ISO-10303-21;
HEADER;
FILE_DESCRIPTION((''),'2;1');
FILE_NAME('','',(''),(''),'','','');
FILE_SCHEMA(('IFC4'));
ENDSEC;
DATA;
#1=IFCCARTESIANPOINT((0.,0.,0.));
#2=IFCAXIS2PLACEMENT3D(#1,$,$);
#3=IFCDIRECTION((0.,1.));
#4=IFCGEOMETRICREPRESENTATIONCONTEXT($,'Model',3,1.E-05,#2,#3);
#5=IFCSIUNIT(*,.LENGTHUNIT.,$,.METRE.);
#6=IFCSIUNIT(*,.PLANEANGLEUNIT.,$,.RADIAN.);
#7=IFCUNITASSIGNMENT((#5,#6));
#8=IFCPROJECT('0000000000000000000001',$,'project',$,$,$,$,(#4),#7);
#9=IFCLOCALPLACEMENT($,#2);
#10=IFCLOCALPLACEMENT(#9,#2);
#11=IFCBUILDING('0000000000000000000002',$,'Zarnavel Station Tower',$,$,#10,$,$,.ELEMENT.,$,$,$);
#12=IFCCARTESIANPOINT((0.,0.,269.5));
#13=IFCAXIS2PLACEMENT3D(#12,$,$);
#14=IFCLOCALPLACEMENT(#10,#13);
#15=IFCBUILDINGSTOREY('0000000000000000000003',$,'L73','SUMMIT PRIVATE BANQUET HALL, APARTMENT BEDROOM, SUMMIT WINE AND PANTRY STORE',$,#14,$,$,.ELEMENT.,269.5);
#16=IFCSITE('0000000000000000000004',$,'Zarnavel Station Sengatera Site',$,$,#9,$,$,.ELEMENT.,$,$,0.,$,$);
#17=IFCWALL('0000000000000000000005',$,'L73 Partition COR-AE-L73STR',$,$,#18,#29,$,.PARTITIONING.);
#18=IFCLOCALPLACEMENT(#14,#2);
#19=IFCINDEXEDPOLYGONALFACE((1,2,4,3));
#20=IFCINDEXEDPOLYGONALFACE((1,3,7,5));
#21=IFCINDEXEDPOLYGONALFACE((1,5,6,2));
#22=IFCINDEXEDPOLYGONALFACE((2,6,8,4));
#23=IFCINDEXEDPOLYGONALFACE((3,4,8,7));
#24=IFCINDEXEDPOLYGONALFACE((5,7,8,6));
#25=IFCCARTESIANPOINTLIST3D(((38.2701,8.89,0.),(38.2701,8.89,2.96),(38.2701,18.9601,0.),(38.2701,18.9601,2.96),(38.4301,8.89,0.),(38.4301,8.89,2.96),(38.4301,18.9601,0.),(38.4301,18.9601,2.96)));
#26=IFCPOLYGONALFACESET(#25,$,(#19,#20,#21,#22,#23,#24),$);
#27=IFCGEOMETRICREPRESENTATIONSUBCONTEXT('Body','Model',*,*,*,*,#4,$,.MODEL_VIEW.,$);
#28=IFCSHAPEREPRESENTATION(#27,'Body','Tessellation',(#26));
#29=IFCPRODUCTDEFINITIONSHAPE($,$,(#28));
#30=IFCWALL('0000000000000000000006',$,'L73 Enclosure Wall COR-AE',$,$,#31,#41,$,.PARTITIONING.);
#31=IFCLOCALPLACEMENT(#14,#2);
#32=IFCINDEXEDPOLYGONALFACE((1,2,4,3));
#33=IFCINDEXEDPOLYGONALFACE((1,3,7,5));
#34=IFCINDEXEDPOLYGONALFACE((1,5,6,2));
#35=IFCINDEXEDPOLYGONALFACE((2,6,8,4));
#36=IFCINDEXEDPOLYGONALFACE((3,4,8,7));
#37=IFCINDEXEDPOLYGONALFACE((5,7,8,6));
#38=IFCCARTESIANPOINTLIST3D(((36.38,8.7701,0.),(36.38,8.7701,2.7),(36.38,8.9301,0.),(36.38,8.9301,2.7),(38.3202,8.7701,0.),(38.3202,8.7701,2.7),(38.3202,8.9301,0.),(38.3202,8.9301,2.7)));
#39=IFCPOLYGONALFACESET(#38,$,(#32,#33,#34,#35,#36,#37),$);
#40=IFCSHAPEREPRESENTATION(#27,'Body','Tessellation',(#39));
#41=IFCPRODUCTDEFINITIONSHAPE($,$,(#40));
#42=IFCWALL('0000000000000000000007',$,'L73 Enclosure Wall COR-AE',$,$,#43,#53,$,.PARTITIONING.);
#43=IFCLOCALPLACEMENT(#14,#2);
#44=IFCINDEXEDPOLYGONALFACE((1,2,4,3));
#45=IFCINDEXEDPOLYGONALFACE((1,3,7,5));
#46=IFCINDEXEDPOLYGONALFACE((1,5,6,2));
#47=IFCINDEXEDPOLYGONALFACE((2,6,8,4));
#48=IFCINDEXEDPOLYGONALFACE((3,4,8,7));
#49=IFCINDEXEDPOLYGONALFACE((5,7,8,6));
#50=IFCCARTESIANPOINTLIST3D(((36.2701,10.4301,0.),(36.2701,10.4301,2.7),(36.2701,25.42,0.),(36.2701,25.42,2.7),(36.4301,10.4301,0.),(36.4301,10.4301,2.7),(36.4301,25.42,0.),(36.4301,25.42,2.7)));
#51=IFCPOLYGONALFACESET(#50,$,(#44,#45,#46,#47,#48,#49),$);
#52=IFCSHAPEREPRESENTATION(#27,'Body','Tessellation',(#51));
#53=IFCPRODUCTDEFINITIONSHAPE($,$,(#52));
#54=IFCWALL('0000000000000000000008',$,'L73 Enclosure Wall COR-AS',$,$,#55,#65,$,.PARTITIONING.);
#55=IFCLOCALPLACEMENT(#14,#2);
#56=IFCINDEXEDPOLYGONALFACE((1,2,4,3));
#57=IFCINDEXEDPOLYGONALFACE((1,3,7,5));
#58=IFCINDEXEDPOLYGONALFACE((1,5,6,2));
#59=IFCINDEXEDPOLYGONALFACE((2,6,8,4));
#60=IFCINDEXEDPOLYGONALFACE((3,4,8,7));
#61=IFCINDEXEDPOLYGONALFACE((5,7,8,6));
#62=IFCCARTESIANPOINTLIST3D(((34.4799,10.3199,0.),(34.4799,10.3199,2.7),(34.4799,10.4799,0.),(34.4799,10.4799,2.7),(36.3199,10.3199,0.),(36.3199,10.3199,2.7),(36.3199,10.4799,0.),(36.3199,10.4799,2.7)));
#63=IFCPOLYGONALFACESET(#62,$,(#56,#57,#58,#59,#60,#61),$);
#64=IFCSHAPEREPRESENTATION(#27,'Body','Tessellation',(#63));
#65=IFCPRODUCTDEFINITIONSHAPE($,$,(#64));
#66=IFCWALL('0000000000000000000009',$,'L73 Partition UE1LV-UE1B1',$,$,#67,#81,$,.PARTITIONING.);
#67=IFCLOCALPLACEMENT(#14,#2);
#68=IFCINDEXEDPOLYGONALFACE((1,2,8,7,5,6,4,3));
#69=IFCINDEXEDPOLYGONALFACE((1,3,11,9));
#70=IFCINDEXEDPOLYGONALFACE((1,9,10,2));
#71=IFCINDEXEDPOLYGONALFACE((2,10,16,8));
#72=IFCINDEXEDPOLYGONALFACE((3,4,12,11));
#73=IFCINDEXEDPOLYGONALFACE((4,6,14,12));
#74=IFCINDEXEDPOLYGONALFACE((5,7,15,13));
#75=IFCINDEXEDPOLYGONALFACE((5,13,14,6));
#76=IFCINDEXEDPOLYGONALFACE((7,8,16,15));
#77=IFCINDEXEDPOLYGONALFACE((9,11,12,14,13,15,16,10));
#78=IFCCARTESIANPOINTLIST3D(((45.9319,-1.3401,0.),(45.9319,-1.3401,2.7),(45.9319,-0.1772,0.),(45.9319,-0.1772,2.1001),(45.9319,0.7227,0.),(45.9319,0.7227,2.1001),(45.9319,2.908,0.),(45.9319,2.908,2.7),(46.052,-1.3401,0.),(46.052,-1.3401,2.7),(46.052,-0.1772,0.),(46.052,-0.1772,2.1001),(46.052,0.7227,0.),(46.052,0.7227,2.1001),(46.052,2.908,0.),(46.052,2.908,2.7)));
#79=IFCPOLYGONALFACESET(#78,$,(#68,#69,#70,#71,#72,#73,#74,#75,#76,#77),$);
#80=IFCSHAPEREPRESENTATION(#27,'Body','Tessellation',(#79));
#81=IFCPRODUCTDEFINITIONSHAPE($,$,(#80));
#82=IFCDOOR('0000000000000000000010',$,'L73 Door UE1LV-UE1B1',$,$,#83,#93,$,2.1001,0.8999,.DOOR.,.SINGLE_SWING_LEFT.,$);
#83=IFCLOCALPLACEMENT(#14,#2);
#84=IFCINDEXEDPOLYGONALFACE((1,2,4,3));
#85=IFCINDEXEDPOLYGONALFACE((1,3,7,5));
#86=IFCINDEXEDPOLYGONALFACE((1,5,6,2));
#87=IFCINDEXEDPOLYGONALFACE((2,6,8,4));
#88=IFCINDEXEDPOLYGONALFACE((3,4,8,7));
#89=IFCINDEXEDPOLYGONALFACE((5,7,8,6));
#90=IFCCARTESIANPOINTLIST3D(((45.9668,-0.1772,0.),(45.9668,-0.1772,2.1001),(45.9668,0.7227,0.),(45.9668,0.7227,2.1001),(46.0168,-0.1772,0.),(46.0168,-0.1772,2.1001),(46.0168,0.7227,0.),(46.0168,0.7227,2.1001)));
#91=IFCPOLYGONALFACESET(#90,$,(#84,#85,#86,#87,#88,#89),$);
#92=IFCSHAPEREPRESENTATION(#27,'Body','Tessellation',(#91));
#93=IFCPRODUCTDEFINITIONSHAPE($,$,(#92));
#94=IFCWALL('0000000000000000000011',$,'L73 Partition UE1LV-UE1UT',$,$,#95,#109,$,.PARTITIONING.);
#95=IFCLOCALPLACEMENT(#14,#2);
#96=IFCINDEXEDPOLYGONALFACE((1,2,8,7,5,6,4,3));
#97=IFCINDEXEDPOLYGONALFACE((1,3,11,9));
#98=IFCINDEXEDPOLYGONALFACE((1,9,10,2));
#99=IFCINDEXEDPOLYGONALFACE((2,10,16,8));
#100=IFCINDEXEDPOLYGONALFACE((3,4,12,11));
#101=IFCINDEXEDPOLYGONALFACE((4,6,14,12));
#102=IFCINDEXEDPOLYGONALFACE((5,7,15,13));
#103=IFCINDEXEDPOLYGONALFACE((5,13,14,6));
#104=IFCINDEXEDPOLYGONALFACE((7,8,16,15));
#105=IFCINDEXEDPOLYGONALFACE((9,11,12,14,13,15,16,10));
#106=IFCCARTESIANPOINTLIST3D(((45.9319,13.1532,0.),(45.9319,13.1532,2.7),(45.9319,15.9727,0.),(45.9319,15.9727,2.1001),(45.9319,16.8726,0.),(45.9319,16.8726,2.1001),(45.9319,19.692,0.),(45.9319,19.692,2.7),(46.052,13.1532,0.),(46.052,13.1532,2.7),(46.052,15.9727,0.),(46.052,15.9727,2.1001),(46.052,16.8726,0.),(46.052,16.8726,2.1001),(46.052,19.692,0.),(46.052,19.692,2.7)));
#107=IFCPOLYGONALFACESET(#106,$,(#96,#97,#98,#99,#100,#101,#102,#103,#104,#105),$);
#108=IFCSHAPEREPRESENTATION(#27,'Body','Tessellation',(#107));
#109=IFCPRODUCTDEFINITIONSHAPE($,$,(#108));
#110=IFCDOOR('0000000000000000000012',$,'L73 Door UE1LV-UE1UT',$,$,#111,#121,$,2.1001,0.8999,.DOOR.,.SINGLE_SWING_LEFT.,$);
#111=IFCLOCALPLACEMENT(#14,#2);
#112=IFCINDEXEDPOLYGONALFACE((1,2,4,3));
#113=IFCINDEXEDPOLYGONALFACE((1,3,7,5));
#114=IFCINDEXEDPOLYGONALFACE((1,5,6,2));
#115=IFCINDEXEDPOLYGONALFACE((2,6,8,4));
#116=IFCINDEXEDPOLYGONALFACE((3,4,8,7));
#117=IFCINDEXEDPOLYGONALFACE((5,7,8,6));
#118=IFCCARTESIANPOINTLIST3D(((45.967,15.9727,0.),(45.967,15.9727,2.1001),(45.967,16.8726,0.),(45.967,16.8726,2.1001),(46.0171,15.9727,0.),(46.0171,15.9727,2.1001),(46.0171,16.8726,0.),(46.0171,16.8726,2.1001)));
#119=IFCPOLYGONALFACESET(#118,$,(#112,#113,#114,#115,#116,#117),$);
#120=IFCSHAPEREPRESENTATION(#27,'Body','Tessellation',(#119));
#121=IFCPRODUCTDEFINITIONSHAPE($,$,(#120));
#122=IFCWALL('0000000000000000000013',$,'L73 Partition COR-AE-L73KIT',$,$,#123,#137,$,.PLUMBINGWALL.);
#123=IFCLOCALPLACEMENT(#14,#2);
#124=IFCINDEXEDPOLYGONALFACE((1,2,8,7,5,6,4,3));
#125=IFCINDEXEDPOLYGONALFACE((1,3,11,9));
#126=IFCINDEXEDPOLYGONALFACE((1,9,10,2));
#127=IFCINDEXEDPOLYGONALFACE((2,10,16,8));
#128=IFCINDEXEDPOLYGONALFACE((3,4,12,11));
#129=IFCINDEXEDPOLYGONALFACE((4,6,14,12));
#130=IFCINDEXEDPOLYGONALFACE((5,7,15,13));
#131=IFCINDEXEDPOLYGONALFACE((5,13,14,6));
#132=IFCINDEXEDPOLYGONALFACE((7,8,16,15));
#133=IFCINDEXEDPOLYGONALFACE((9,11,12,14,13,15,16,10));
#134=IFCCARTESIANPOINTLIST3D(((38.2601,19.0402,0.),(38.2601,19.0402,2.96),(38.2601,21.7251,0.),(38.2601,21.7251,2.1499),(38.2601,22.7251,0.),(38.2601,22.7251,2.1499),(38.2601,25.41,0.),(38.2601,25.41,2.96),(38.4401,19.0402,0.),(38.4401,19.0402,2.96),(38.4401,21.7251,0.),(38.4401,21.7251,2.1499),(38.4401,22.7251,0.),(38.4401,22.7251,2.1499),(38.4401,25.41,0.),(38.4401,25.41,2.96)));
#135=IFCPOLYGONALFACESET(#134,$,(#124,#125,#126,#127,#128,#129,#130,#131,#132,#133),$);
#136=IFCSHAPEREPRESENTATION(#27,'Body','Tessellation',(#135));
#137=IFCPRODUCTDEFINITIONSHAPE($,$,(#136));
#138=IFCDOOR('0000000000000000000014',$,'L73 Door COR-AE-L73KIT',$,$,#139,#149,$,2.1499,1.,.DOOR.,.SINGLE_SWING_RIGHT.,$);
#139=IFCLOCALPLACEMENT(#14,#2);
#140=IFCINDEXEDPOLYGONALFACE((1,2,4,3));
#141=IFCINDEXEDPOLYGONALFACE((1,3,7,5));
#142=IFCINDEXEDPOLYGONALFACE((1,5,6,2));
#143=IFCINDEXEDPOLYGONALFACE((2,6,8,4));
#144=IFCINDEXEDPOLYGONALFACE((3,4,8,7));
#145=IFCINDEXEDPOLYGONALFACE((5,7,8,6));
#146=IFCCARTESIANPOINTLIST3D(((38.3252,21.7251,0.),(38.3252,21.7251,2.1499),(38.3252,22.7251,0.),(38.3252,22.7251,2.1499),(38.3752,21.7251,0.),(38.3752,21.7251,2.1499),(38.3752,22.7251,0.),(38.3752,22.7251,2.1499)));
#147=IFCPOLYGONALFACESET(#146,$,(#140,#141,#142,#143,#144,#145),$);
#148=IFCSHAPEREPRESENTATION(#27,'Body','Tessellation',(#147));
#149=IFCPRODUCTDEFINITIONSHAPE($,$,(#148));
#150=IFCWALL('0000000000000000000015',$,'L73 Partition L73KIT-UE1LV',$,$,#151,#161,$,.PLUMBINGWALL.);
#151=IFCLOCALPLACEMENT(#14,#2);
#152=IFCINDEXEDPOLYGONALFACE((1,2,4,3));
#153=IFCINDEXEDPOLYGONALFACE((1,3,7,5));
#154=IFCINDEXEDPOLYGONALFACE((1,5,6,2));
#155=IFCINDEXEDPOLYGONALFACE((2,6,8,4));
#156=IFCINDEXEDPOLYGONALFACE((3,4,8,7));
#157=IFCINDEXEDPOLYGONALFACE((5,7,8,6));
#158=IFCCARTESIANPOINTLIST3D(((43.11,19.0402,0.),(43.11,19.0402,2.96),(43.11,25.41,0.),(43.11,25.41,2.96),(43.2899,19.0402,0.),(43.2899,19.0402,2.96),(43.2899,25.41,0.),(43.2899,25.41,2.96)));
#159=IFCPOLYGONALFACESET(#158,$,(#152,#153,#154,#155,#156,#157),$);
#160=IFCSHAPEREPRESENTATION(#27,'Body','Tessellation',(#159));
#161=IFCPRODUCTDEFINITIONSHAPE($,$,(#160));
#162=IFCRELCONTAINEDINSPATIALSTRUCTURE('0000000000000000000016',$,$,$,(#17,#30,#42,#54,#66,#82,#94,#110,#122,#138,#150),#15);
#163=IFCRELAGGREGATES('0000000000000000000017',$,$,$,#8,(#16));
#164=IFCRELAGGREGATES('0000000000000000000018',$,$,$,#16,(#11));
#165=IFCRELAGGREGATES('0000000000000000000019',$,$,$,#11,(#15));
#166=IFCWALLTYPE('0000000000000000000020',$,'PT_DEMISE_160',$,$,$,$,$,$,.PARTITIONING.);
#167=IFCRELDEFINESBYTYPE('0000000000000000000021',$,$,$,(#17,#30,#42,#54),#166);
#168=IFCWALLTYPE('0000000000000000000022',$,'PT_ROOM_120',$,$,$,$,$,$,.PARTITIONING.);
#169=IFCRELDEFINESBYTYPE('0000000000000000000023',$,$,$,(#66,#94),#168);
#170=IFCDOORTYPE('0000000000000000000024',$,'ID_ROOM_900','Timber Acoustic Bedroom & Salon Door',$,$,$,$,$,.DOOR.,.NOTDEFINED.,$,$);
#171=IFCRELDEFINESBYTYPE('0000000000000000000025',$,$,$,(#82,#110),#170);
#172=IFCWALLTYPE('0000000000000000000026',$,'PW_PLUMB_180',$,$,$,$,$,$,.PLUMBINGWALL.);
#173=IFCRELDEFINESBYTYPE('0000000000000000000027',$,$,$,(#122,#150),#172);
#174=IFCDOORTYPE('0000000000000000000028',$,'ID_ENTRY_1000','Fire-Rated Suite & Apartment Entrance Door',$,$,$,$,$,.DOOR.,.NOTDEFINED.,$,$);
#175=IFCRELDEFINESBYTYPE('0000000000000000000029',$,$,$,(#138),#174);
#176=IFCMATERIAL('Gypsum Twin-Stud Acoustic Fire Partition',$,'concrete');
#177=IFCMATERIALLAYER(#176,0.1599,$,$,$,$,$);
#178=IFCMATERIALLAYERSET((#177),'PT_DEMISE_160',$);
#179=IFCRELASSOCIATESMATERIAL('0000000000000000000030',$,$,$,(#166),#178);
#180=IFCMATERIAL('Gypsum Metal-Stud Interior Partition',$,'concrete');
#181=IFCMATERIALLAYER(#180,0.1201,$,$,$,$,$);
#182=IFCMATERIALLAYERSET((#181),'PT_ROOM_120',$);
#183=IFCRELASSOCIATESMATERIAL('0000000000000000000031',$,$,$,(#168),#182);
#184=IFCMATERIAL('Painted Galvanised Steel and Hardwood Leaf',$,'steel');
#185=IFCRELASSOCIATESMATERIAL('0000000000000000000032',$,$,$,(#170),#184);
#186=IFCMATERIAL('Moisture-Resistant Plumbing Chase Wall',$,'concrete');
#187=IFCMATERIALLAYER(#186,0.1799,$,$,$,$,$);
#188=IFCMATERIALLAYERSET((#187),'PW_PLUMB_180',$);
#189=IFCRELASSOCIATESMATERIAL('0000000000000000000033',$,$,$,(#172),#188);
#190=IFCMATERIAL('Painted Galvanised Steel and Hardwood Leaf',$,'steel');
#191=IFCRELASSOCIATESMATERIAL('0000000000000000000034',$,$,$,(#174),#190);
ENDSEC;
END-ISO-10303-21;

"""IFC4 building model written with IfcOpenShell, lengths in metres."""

from ifc_helpers import new_model, si_unit, direction, frame, frame_2d, origin, place, context, subcontext, project, spatial, rectangle, extrude, material, layer, layer_set, type_object, element, fill, save


model = new_model("IFC4")

# Units and contexts
model_context = context("Model", 3, precision=1e-05, world=origin(), true_north=direction((0.0, 1.0)))
body_context = subcontext(model_context, "Body", "Model", "MODEL_VIEW")
ifc_project = project(units=[si_unit("LENGTHUNIT", "METRE"), si_unit("PLANEANGLEUNIT", "RADIAN")], contexts=[model_context])

# Site, building, storey
site_placement = place(None, origin())
site = spatial("IfcSite", under=ifc_project, at=site_placement, Name="Zarnavel Station Sengatera Site", CompositionType="ELEMENT", RefElevation=0.0)
building_placement = place(site_placement, origin())
building = spatial("IfcBuilding", under=site, at=building_placement, Name="Zarnavel Station Tower", CompositionType="ELEMENT")
storey_placement = place(building_placement, frame((0.0, 0.0, 269.5)))
storey = spatial("IfcBuildingStorey", under=building, at=storey_placement, Name="L73", Description="SUMMIT PRIVATE BANQUET HALL, APARTMENT BEDROOM, SUMMIT WINE AND PANTRY STORE", CompositionType="ELEMENT", Elevation=269.5)

# Walls
ifc_material_1 = material(Name="Gypsum Twin-Stud Acoustic Fire Partition", Category="concrete")
ifc_layer_1 = layer(ifc_material_1, 0.1599)
ifc_layer_set_1 = layer_set([ifc_layer_1], Name="PT_DEMISE_160")
wall_type_1 = type_object("IfcWallType", Name="PT_DEMISE_160", PredefinedType="PARTITIONING", material=ifc_layer_set_1)
wall_1_placement = place(storey_placement, frame((38.3501, 8.8899, 0.0), z_axis=(0.0, 0.0, 1.0), x_axis=(0.0, 1.0, 0.0)))
element("IfcWall", 1, at=wall_1_placement, inside=storey, type_object=wall_type_1, Name="L73 Partition COR-AE-L73STR", PredefinedType="PARTITIONING", context=body_context, shape_type="SweptSolid", body=[
    extrude(rectangle(XDim=10.0701, YDim=0.1599, at=frame_2d((5.0352, 0.0))), origin(), (0.0, 0.0, 1.0), 2.96),
])
wall_2_placement = place(storey_placement, frame((36.3799, 8.8501, 0.0), z_axis=(0.0, 0.0, 1.0), x_axis=(1.0, 0.0, 0.0)))
element("IfcWall", 2, at=wall_2_placement, inside=storey, type_object=wall_type_1, Name="L73 Enclosure Wall COR-AE", PredefinedType="PARTITIONING", context=body_context, shape_type="SweptSolid", body=[
    extrude(rectangle(XDim=1.9402, YDim=0.1599, at=frame_2d((0.9702, 0.0))), origin(), (0.0, 0.0, 1.0), 2.7),
])
wall_3_placement = place(storey_placement, frame((36.3501, 10.4299, 0.0), z_axis=(0.0, 0.0, 1.0), x_axis=(0.0, 1.0, 0.0)))
element("IfcWall", 3, at=wall_3_placement, inside=storey, type_object=wall_type_1, Name="L73 Enclosure Wall COR-AE", PredefinedType="PARTITIONING", context=body_context, shape_type="SweptSolid", body=[
    extrude(rectangle(XDim=14.99, YDim=0.1599, at=frame_2d((7.4951, 0.0))), origin(), (0.0, 0.0, 1.0), 2.7),
])
wall_4_placement = place(storey_placement, frame((34.48, 10.3999, 0.0), z_axis=(0.0, 0.0, 1.0), x_axis=(1.0, 0.0, 0.0)))
element("IfcWall", 4, at=wall_4_placement, inside=storey, type_object=wall_type_1, Name="L73 Enclosure Wall COR-AS", PredefinedType="PARTITIONING", context=body_context, shape_type="SweptSolid", body=[
    extrude(rectangle(XDim=1.8401, YDim=0.1599, at=frame_2d((0.9199, 0.0))), origin(), (0.0, 0.0, 1.0), 2.7),
])

# Walls, openings, doors
ifc_material_2 = material(Name="Gypsum Metal-Stud Interior Partition", Category="concrete")
ifc_layer_2 = layer(ifc_material_2, 0.1201)
ifc_layer_set_2 = layer_set([ifc_layer_2], Name="PT_ROOM_120")
wall_type_2 = type_object("IfcWallType", Name="PT_ROOM_120", PredefinedType="PARTITIONING", material=ifc_layer_set_2)
wall_5_placement = place(storey_placement, frame((45.9919, 2.908, 0.0), z_axis=(0.0, 0.0, 1.0), x_axis=(0.0, -1.0, 0.0)))
wall_5 = element("IfcWall", 5, at=wall_5_placement, inside=storey, type_object=wall_type_2, Name="L73 Partition UE1LV-UE1B1", PredefinedType="PARTITIONING", context=body_context, shape_type="SweptSolid", body=[
    extrude(rectangle(XDim=4.248, YDim=0.1201, at=frame_2d((2.124, 0.0))), origin(), (0.0, 0.0, 1.0), 2.7),
])
opening_1_placement = place(wall_5_placement, frame((2.1853, 0.0, 0.0)))
opening_1 = element("IfcOpeningElement", 6, at=opening_1_placement, cuts=wall_5, PredefinedType="OPENING", context=body_context, shape_type="SweptSolid", body=[
    extrude(rectangle(XDim=0.8999, YDim=2.1001, at=frame_2d((0.45, 1.05))), frame((0.0, 0.0701, 0.0), z_axis=(0.0, -1.0, 0.0), x_axis=(1.0, 0.0, 0.0)), (0.0, 0.0, 1.0), 0.1401),
])
ifc_material_3 = material(Name="Painted Galvanised Steel and Hardwood Leaf", Category="steel")
door_type_1 = type_object("IfcDoorType", Name="ID_ROOM_900", Description="Timber Acoustic Bedroom & Salon Door", OperationType="NOTDEFINED", PredefinedType="DOOR", material=ifc_material_3)
door_1_placement = place(opening_1_placement, origin())
door_1 = element("IfcDoor", 7, at=door_1_placement, inside=storey, type_object=door_type_1, Name="L73 Door UE1LV-UE1B1", OperationType="SINGLE_SWING_LEFT", OverallHeight=2.1001, OverallWidth=0.8999, PredefinedType="DOOR", context=body_context, shape_type="SweptSolid", body=[
    extrude(rectangle(XDim=0.8999, YDim=2.1001, at=frame_2d((0.45, 1.05))), frame((0.0, 0.0249, 0.0), z_axis=(0.0, -1.0, 0.0), x_axis=(1.0, 0.0, 0.0)), (0.0, 0.0, 1.0), 0.05),
])
fill(opening_1, door_1)
wall_6_placement = place(storey_placement, frame((45.9919, 13.1531, 0.0), z_axis=(0.0, 0.0, 1.0), x_axis=(0.0, 1.0, 0.0)))
wall_6 = element("IfcWall", 8, at=wall_6_placement, inside=storey, type_object=wall_type_2, Name="L73 Partition UE1LV-UE1UT", PredefinedType="PARTITIONING", context=body_context, shape_type="SweptSolid", body=[
    extrude(rectangle(XDim=6.5388, YDim=0.1201, at=frame_2d((3.2695, 0.0))), origin(), (0.0, 0.0, 1.0), 2.7),
])
opening_2_placement = place(wall_6_placement, frame((2.8196, 0.0, 0.0)))
opening_2 = element("IfcOpeningElement", 9, at=opening_2_placement, cuts=wall_6, PredefinedType="OPENING", context=body_context, shape_type="SweptSolid", body=[
    extrude(rectangle(XDim=0.8999, YDim=2.1001, at=frame_2d((0.45, 1.05))), frame((0.0, 0.0701, 0.0), z_axis=(0.0, -1.0, 0.0), x_axis=(1.0, 0.0, 0.0)), (0.0, 0.0, 1.0), 0.1401),
])
door_2_placement = place(opening_2_placement, origin())
door_2 = element("IfcDoor", 10, at=door_2_placement, inside=storey, type_object=door_type_1, Name="L73 Door UE1LV-UE1UT", OperationType="SINGLE_SWING_LEFT", OverallHeight=2.1001, OverallWidth=0.8999, PredefinedType="DOOR", context=body_context, shape_type="SweptSolid", body=[
    extrude(rectangle(XDim=0.8999, YDim=2.1001, at=frame_2d((0.45, 1.05))), frame((0.0, 0.0249, 0.0), z_axis=(0.0, -1.0, 0.0), x_axis=(1.0, 0.0, 0.0)), (0.0, 0.0, 1.0), 0.05),
])
fill(opening_2, door_2)
ifc_material_4 = material(Name="Moisture-Resistant Plumbing Chase Wall", Category="concrete")
ifc_layer_3 = layer(ifc_material_4, 0.1799)
ifc_layer_set_3 = layer_set([ifc_layer_3], Name="PW_PLUMB_180")
wall_type_3 = type_object("IfcWallType", Name="PW_PLUMB_180", PredefinedType="PLUMBINGWALL", material=ifc_layer_set_3)
wall_7_placement = place(storey_placement, frame((38.3501, 19.04, 0.0), z_axis=(0.0, 0.0, 1.0), x_axis=(0.0, 1.0, 0.0)))
wall_7 = element("IfcWall", 11, at=wall_7_placement, inside=storey, type_object=wall_type_3, Name="L73 Partition COR-AE-L73KIT", PredefinedType="PLUMBINGWALL", context=body_context, shape_type="SweptSolid", body=[
    extrude(rectangle(XDim=6.3699, YDim=0.1799, at=frame_2d((3.1851, 0.0))), origin(), (0.0, 0.0, 1.0), 2.96),
])
opening_3_placement = place(wall_7_placement, frame((2.6851, 0.0, 0.0)))
opening_3 = element("IfcOpeningElement", 12, at=opening_3_placement, cuts=wall_7, PredefinedType="OPENING", context=body_context, shape_type="SweptSolid", body=[
    extrude(rectangle(XDim=1.0, YDim=2.1499, at=frame_2d((0.5, 1.075))), frame((0.0, 0.0999, 0.0), z_axis=(0.0, -1.0, 0.0), x_axis=(1.0, 0.0, 0.0)), (0.0, 0.0, 1.0), 0.2),
])
ifc_material_5 = material(Name="Painted Galvanised Steel and Hardwood Leaf", Category="steel")
door_type_2 = type_object("IfcDoorType", Name="ID_ENTRY_1000", Description="Fire-Rated Suite & Apartment Entrance Door", OperationType="NOTDEFINED", PredefinedType="DOOR", material=ifc_material_5)
door_3_placement = place(opening_3_placement, origin())
door_3 = element("IfcDoor", 13, at=door_3_placement, inside=storey, type_object=door_type_2, Name="L73 Door COR-AE-L73KIT", OperationType="SINGLE_SWING_RIGHT", OverallHeight=2.1499, OverallWidth=1.0, PredefinedType="DOOR", context=body_context, shape_type="SweptSolid", body=[
    extrude(rectangle(XDim=1.0, YDim=2.1499, at=frame_2d((0.5, 1.075))), frame((0.0, 0.0249, 0.0), z_axis=(0.0, -1.0, 0.0), x_axis=(1.0, 0.0, 0.0)), (0.0, 0.0, 1.0), 0.05),
])
fill(opening_3, door_3)

# Wall
wall_8_placement = place(storey_placement, frame((43.2, 19.04, 0.0), z_axis=(0.0, 0.0, 1.0), x_axis=(0.0, 1.0, 0.0)))
element("IfcWall", 14, at=wall_8_placement, inside=storey, type_object=wall_type_3, Name="L73 Partition L73KIT-UE1LV", PredefinedType="PLUMBINGWALL", context=body_context, shape_type="SweptSolid", body=[
    extrude(rectangle(XDim=6.3699, YDim=0.1799, at=frame_2d((3.1851, 0.0))), origin(), (0.0, 0.0, 1.0), 2.96),
])

save(model, "model.ifc")
